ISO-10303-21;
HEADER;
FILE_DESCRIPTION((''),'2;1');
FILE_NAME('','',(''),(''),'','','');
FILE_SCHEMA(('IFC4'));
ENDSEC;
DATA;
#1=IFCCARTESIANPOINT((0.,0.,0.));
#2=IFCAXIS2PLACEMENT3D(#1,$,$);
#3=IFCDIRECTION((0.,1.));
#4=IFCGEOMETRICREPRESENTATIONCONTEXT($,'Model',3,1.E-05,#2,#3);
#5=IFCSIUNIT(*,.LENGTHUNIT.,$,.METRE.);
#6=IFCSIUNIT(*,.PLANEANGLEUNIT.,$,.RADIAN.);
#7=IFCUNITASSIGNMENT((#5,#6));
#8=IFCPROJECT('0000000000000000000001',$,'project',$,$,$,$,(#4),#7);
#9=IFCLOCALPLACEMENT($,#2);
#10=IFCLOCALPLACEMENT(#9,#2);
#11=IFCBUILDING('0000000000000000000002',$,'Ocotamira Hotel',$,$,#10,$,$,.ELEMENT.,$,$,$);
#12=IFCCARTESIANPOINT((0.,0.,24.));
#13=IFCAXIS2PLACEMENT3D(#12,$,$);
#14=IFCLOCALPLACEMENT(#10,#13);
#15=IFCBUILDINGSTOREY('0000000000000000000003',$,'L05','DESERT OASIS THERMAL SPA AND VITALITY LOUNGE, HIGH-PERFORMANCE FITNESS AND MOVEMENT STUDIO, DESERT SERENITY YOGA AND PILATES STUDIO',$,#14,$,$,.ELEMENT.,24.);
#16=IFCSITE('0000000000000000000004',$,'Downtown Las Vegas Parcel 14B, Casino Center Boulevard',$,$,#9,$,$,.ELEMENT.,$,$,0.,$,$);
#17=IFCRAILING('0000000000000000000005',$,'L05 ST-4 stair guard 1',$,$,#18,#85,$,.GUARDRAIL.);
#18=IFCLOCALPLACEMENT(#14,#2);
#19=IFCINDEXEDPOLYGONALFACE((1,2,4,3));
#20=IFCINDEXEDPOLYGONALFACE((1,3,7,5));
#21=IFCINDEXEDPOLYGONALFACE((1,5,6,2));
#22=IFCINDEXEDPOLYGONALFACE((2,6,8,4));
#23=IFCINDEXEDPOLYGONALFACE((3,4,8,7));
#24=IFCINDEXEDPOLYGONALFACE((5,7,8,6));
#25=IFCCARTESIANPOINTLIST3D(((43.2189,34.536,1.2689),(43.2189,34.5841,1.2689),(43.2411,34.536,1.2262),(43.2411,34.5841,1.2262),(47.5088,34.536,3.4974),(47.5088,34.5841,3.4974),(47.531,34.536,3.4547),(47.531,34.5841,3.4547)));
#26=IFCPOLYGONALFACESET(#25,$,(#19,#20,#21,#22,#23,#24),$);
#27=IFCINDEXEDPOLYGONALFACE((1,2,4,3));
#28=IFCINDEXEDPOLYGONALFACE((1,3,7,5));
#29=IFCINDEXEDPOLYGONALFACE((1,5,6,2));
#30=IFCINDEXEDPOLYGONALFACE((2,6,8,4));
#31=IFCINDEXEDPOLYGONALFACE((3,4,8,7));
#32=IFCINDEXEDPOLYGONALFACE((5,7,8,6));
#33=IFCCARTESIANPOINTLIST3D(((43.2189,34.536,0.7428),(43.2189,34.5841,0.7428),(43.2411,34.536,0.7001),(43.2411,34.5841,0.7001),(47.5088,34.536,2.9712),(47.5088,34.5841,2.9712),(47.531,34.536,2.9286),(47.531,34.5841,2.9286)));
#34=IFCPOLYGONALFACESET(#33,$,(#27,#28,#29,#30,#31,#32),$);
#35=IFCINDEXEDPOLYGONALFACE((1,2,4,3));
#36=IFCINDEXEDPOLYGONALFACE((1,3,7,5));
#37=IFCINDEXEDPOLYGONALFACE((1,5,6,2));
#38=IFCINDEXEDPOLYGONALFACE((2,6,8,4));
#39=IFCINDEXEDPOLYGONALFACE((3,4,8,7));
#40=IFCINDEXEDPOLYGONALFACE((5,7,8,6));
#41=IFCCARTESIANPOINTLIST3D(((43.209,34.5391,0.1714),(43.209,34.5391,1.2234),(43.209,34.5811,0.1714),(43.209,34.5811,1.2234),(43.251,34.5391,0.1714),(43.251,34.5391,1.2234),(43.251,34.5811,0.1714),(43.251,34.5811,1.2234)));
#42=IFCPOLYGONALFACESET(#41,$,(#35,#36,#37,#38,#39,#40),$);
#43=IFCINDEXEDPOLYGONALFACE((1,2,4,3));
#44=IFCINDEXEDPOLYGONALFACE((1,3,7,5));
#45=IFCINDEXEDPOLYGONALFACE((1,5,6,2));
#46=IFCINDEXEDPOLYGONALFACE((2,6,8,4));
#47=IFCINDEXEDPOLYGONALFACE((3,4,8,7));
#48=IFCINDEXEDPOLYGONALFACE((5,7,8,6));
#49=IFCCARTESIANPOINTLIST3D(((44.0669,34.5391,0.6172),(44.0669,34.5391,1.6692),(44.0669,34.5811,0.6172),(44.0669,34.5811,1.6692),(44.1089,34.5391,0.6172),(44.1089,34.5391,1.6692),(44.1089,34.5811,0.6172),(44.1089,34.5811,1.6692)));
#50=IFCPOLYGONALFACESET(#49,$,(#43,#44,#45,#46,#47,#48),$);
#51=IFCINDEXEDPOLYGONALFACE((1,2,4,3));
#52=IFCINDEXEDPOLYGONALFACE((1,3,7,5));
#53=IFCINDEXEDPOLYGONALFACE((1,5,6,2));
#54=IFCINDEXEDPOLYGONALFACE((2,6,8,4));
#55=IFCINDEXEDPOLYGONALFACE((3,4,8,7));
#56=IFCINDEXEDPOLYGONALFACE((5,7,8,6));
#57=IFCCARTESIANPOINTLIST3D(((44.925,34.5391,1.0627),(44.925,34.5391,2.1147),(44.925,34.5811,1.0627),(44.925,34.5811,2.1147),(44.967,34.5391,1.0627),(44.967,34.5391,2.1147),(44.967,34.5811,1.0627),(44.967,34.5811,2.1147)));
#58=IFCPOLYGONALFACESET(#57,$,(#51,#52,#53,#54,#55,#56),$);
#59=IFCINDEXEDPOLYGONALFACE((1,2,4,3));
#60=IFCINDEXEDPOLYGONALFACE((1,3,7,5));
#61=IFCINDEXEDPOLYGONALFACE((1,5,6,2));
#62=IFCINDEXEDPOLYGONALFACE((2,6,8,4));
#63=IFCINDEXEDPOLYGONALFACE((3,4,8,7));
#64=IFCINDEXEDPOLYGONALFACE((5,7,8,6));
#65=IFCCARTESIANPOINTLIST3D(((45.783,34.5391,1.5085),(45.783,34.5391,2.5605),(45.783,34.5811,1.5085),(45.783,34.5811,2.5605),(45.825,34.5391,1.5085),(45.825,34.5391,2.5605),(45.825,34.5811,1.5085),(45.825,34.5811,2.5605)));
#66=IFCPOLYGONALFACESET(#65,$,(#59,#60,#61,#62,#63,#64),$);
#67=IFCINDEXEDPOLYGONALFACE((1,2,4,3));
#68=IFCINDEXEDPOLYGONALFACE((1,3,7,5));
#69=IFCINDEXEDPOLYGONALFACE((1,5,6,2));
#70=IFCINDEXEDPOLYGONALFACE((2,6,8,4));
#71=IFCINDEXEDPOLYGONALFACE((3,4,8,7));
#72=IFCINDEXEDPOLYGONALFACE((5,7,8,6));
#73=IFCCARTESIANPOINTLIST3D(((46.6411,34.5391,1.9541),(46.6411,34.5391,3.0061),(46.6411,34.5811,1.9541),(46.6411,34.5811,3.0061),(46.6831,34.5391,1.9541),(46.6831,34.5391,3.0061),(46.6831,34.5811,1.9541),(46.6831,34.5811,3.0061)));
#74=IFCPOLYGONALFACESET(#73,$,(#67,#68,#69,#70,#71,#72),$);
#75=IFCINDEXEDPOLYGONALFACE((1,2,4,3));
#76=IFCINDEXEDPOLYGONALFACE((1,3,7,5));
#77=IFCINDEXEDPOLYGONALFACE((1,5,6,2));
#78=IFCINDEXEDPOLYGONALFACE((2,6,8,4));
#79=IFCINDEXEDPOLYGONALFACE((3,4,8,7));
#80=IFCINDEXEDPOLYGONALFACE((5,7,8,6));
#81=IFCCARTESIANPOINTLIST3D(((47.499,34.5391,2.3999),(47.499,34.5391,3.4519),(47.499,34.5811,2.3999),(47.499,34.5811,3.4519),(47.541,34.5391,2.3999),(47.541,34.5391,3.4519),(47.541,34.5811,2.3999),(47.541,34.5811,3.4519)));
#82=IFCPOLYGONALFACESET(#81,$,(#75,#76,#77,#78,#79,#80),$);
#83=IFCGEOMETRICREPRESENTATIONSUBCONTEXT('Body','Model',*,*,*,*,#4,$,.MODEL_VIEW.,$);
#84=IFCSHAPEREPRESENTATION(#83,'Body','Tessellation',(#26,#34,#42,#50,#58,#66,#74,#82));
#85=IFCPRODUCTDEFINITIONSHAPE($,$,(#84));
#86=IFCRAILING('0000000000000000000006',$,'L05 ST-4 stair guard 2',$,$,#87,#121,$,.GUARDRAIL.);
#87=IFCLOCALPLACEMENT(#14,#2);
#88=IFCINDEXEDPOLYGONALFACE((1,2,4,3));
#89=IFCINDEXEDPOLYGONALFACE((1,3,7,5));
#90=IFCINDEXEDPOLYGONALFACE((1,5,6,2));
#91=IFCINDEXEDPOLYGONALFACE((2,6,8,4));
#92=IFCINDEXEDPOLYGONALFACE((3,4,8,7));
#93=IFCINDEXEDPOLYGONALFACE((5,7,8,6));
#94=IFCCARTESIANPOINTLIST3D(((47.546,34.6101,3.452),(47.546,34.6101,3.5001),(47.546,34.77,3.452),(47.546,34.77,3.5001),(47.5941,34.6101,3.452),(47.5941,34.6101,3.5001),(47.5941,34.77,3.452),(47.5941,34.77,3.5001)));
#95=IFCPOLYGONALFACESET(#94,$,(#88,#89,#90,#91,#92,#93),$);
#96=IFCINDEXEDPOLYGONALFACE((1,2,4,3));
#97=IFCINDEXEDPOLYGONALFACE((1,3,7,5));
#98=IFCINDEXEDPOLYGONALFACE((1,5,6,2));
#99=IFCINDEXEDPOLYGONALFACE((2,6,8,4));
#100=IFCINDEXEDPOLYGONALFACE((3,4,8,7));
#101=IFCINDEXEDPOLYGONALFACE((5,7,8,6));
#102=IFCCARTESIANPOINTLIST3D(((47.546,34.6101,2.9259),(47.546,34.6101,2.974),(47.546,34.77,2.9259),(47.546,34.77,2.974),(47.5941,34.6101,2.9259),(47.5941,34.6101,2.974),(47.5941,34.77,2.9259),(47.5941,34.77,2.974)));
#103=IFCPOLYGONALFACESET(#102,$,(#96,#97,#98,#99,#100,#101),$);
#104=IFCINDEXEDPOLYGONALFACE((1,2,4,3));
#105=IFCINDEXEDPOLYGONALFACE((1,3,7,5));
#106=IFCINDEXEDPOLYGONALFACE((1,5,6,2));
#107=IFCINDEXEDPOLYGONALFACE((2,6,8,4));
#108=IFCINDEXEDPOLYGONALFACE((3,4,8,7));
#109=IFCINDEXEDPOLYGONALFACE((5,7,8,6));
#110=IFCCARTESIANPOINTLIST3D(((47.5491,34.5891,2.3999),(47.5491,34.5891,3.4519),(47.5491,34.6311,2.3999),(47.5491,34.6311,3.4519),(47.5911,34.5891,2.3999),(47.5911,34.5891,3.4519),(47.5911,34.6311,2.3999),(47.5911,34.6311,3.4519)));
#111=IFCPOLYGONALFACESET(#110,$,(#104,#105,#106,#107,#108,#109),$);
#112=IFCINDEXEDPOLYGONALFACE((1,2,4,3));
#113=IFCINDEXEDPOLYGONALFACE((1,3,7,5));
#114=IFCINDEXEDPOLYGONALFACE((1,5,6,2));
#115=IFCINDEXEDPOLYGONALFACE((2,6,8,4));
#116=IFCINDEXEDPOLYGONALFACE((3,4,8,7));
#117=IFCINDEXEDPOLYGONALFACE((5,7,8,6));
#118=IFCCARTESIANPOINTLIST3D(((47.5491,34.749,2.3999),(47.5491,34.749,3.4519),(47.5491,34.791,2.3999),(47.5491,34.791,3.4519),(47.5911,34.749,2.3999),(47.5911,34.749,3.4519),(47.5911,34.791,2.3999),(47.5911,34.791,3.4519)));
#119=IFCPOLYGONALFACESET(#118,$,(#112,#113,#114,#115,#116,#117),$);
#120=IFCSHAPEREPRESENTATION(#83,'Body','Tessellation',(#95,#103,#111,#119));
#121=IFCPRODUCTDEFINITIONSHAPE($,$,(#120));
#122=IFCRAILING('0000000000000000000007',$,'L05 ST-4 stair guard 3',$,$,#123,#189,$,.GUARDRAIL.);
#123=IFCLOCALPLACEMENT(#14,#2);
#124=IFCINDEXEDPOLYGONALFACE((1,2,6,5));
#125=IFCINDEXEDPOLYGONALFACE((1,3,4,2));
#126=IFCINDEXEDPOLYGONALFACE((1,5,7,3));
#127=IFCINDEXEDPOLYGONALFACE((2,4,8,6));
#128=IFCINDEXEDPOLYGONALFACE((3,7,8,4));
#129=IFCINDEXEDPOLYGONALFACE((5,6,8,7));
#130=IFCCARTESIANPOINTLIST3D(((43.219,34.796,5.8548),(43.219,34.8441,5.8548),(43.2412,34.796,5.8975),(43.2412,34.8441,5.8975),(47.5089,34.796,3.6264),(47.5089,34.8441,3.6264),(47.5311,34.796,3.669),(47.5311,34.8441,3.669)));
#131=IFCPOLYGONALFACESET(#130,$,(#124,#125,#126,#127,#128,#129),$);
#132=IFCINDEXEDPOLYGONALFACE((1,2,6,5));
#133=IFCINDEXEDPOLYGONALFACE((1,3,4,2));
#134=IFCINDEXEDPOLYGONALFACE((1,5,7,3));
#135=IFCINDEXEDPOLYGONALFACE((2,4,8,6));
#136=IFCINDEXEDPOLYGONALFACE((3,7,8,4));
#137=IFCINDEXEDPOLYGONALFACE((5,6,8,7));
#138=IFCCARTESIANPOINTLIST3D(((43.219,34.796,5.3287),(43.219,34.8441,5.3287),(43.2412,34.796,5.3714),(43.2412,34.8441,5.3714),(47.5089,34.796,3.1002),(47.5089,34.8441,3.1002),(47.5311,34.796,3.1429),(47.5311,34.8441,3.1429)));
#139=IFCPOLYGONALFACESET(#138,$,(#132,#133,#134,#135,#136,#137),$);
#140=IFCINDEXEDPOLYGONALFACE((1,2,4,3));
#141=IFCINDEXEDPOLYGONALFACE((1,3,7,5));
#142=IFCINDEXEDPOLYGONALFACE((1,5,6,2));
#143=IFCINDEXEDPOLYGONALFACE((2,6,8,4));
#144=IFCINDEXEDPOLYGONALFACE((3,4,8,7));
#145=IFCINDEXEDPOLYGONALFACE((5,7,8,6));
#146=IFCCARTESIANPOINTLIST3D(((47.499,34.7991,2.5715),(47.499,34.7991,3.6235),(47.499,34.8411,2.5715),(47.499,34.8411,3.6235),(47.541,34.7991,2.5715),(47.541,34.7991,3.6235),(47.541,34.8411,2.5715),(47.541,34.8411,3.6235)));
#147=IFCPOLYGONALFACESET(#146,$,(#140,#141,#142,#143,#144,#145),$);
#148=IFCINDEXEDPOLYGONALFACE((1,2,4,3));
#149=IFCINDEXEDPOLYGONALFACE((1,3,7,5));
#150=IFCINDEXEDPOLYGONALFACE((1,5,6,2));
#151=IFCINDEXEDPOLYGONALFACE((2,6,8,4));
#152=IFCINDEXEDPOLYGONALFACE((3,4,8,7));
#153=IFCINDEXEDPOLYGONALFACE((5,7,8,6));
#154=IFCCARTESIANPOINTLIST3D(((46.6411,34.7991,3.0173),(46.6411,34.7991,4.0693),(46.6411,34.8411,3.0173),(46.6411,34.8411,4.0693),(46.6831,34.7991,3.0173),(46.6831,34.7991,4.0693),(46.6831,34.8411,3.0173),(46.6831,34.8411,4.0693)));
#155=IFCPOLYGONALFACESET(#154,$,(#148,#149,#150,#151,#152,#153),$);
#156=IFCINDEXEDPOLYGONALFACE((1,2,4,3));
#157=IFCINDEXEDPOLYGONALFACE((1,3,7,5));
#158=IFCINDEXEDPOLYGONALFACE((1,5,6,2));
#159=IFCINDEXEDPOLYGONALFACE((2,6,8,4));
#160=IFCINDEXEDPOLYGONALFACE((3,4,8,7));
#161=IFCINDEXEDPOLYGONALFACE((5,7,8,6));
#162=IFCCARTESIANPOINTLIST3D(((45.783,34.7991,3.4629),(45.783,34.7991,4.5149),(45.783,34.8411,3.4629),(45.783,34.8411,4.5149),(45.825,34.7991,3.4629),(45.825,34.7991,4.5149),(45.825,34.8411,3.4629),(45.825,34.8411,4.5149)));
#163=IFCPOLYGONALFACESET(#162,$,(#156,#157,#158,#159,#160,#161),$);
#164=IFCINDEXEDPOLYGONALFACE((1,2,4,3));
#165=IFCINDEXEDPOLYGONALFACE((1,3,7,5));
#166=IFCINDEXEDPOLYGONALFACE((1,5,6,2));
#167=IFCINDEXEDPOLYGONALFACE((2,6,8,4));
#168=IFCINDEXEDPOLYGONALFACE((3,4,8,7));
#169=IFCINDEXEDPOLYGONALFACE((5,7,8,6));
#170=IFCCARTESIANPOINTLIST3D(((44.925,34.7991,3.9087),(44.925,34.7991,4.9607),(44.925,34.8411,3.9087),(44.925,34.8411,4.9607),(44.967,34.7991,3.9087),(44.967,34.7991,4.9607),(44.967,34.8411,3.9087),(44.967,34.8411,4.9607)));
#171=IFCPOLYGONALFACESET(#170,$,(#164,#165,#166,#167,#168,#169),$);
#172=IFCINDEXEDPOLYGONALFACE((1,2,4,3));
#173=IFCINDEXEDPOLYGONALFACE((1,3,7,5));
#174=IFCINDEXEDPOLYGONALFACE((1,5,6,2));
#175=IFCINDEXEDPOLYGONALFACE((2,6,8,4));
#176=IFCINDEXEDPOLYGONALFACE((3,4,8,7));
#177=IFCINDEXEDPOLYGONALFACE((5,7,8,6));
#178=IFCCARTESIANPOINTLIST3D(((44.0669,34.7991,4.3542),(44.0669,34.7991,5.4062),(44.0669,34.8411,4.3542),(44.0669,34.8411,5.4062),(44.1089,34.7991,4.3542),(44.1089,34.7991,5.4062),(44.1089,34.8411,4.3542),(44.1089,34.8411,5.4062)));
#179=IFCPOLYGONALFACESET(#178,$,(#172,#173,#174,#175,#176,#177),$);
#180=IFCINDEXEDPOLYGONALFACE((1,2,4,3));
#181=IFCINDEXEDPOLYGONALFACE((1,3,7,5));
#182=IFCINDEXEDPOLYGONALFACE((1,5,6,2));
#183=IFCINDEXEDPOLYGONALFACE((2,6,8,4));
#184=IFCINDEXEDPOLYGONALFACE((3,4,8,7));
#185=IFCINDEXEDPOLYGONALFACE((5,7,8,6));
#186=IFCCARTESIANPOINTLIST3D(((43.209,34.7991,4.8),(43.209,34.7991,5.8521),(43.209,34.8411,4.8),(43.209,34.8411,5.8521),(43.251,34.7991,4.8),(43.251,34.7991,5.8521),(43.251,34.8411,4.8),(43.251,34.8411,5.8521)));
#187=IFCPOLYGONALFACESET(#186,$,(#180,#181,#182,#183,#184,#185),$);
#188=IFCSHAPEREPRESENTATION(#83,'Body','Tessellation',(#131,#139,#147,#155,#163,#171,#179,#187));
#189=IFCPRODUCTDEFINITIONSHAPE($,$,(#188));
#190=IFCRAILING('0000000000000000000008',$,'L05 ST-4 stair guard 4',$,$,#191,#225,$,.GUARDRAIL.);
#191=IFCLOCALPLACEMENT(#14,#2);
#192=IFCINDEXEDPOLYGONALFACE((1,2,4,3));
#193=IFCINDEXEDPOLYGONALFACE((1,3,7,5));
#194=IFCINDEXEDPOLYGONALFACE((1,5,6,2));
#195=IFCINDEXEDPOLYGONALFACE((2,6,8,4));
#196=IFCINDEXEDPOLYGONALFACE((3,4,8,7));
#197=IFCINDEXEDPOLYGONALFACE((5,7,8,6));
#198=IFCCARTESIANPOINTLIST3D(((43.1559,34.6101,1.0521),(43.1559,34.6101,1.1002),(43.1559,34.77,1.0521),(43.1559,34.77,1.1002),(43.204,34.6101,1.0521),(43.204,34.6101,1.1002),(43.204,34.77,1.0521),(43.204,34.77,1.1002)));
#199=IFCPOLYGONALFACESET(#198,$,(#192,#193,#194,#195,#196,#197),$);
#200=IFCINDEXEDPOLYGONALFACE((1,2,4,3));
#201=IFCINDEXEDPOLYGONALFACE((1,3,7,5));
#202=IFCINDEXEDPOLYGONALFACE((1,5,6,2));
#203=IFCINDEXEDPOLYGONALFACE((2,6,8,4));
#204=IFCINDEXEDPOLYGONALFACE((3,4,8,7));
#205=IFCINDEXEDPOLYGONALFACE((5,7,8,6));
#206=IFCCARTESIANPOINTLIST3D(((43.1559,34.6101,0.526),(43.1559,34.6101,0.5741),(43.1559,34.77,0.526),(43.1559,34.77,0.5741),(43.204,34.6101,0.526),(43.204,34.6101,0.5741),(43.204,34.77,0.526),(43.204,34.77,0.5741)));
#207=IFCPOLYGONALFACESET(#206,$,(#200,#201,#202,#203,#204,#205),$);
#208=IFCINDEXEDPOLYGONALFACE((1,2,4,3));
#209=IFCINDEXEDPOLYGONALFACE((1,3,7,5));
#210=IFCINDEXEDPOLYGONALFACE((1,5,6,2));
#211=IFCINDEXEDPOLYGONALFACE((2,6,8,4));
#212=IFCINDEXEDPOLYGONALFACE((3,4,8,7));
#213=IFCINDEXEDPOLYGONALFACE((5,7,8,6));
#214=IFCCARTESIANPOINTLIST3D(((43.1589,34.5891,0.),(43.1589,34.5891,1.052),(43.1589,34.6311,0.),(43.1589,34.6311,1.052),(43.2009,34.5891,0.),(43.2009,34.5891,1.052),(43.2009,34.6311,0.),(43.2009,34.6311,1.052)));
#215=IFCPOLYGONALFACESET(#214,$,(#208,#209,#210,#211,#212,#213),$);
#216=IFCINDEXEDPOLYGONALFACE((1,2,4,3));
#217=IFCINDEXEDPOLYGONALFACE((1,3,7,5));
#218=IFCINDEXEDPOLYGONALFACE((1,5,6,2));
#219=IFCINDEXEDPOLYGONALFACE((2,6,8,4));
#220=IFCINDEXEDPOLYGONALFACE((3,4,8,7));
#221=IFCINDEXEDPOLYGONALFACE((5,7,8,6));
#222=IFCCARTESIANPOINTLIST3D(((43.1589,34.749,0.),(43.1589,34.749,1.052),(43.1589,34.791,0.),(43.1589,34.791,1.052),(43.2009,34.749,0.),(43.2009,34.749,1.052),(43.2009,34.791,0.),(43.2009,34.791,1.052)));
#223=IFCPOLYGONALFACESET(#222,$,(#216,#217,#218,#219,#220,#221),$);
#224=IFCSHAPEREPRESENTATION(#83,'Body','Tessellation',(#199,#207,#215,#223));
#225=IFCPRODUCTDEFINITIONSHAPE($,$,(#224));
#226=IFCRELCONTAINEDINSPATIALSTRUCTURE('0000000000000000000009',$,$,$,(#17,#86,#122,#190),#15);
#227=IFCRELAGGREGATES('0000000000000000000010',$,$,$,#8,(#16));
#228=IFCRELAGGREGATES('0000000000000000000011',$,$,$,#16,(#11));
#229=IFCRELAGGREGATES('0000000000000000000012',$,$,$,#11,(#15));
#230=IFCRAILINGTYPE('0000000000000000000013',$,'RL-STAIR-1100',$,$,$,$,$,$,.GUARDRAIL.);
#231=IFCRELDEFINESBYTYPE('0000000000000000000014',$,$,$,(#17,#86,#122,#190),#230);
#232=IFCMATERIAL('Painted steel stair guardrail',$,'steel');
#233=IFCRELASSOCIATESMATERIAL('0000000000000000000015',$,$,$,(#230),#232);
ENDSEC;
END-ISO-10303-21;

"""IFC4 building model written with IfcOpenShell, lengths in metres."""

from ifc_helpers import new_model, si_unit, direction, frame, origin, origin_2d, place, context, subcontext, project, spatial, rectangle, extrude, material, type_object, element, save


model = new_model("IFC4")

# Units and contexts
model_context = context("Model", 3, precision=1e-05, world=origin(), true_north=direction((0.0, 1.0)))
body_context = subcontext(model_context, "Body", "Model", "MODEL_VIEW")
ifc_project = project(units=[si_unit("LENGTHUNIT", "METRE"), si_unit("PLANEANGLEUNIT", "RADIAN")], contexts=[model_context])

# Site, building, storey
site_placement = place(None, origin())
site = spatial("IfcSite", under=ifc_project, at=site_placement, Name="Downtown Las Vegas Parcel 14B, Casino Center Boulevard", CompositionType="ELEMENT", RefElevation=0.0)
building_placement = place(site_placement, origin())
building = spatial("IfcBuilding", under=site, at=building_placement, Name="Ocotamira Hotel", CompositionType="ELEMENT")
storey_placement = place(building_placement, frame((0.0, 0.0, 24.0)))
storey = spatial("IfcBuildingStorey", under=building, at=storey_placement, Name="L05", Description="DESERT OASIS THERMAL SPA AND VITALITY LOUNGE, HIGH-PERFORMANCE FITNESS AND MOVEMENT STUDIO, DESERT SERENITY YOGA AND PILATES STUDIO", CompositionType="ELEMENT", Elevation=24.0)

# Railings
ifc_material_1 = material(Name="Painted steel stair guardrail", Category="steel")
railing_type_1 = type_object("IfcRailingType", Name="RL-STAIR-1100", PredefinedType="GUARDRAIL", material=ifc_material_1)
railing_1_placement = place(storey_placement, frame((43.23, 34.5601, 0.1714)))
element("IfcRailing", 1, at=railing_1_placement, inside=storey, type_object=railing_type_1, Name="L05 ST-4 stair guard 1", PredefinedType="GUARDRAIL", context=body_context, shape_type="SweptSolid", body=[
    extrude(rectangle(XDim=0.0481, YDim=0.0481, at=origin_2d()), frame((0.0, 0.0, 1.0762), z_axis=(0.887412, 0.0, 0.460977), x_axis=(0.0, 1.0, 0.0)), (0.0, 0.0, 1.0), 4.8342),
    extrude(rectangle(XDim=0.0481, YDim=0.0481, at=origin_2d()), frame((0.0, 0.0, 0.55), z_axis=(0.887412, 0.0, 0.460977), x_axis=(0.0, 1.0, 0.0)), (0.0, 0.0, 1.0), 4.8342),
    extrude(rectangle(XDim=0.042, YDim=0.042, at=origin_2d()), origin(), (0.0, 0.0, 1.0), 1.052),
    extrude(rectangle(XDim=0.042, YDim=0.042, at=origin_2d()), frame((0.8579, 0.0, 0.4458)), (0.0, 0.0, 1.0), 1.052),
    extrude(rectangle(XDim=0.042, YDim=0.042, at=origin_2d()), frame((1.7161, 0.0, 0.8914)), (0.0, 0.0, 1.0), 1.052),
    extrude(rectangle(XDim=0.042, YDim=0.042, at=origin_2d()), frame((2.574, 0.0, 1.3372)), (0.0, 0.0, 1.0), 1.052),
    extrude(rectangle(XDim=0.042, YDim=0.042, at=origin_2d()), frame((3.4321, 0.0, 1.7827)), (0.0, 0.0, 1.0), 1.052),
    extrude(rectangle(XDim=0.042, YDim=0.042, at=origin_2d()), frame((4.29, 0.0, 2.2285)), (0.0, 0.0, 1.0), 1.052),
])
railing_2_placement = place(storey_placement, frame((47.5701, 34.6101, 2.3999)))
element("IfcRailing", 2, at=railing_2_placement, inside=storey, type_object=railing_type_1, Name="L05 ST-4 stair guard 2", PredefinedType="GUARDRAIL", context=body_context, shape_type="SweptSolid", body=[
    extrude(rectangle(XDim=0.0481, YDim=0.0481, at=origin_2d()), frame((0.0, 0.0, 1.0762), z_axis=(0.0, 1.0, 0.0), x_axis=(-1.0, 0.0, 0.0)), (0.0, 0.0, 1.0), 0.1599),
    extrude(rectangle(XDim=0.0481, YDim=0.0481, at=origin_2d()), frame((0.0, 0.0, 0.55), z_axis=(0.0, 1.0, 0.0), x_axis=(-1.0, 0.0, 0.0)), (0.0, 0.0, 1.0), 0.1599),
    extrude(rectangle(XDim=0.042, YDim=0.042, at=origin_2d()), origin(), (0.0, 0.0, 1.0), 1.052),
    extrude(rectangle(XDim=0.042, YDim=0.042, at=origin_2d()), frame((0.0, 0.1599, 0.0)), (0.0, 0.0, 1.0), 1.052),
])
railing_3_placement = place(storey_placement, frame((47.52, 34.8201, 2.5715)))
element("IfcRailing", 3, at=railing_3_placement, inside=storey, type_object=railing_type_1, Name="L05 ST-4 stair guard 3", PredefinedType="GUARDRAIL", context=body_context, shape_type="SweptSolid", body=[
    extrude(rectangle(XDim=0.0481, YDim=0.0481, at=origin_2d()), frame((0.0, 0.0, 1.0762), z_axis=(-0.887412, 0.0, 0.460977), x_axis=(0.0, -1.0, 0.0)), (0.0, 0.0, 1.0), 4.8342),
    extrude(rectangle(XDim=0.0481, YDim=0.0481, at=origin_2d()), frame((0.0, 0.0, 0.55), z_axis=(-0.887412, 0.0, 0.460977), x_axis=(0.0, -1.0, 0.0)), (0.0, 0.0, 1.0), 4.8342),
    extrude(rectangle(XDim=0.042, YDim=0.042, at=origin_2d()), origin(), (0.0, 0.0, 1.0), 1.052),
    extrude(rectangle(XDim=0.042, YDim=0.042, at=origin_2d()), frame((-0.8579, 0.0, 0.4458)), (0.0, 0.0, 1.0), 1.052),
    extrude(rectangle(XDim=0.042, YDim=0.042, at=origin_2d()), frame((-1.7161, 0.0, 0.8914)), (0.0, 0.0, 1.0), 1.052),
    extrude(rectangle(XDim=0.042, YDim=0.042, at=origin_2d()), frame((-2.574, 0.0, 1.3372)), (0.0, 0.0, 1.0), 1.052),
    extrude(rectangle(XDim=0.042, YDim=0.042, at=origin_2d()), frame((-3.4321, 0.0, 1.7827)), (0.0, 0.0, 1.0), 1.052),
    extrude(rectangle(XDim=0.042, YDim=0.042, at=origin_2d()), frame((-4.29, 0.0, 2.2285)), (0.0, 0.0, 1.0), 1.052),
])
railing_4_placement = place(storey_placement, frame((43.1799, 34.6101, 0.0)))
element("IfcRailing", 4, at=railing_4_placement, inside=storey, type_object=railing_type_1, Name="L05 ST-4 stair guard 4", PredefinedType="GUARDRAIL", context=body_context, shape_type="SweptSolid", body=[
    extrude(rectangle(XDim=0.0481, YDim=0.0481, at=origin_2d()), frame((0.0, 0.0, 1.0762), z_axis=(0.0, 1.0, 0.0), x_axis=(-1.0, 0.0, 0.0)), (0.0, 0.0, 1.0), 0.1599),
    extrude(rectangle(XDim=0.0481, YDim=0.0481, at=origin_2d()), frame((0.0, 0.0, 0.55), z_axis=(0.0, 1.0, 0.0), x_axis=(-1.0, 0.0, 0.0)), (0.0, 0.0, 1.0), 0.1599),
    extrude(rectangle(XDim=0.042, YDim=0.042, at=origin_2d()), origin(), (0.0, 0.0, 1.0), 1.052),
    extrude(rectangle(XDim=0.042, YDim=0.042, at=origin_2d()), frame((0.0, 0.1599, 0.0)), (0.0, 0.0, 1.0), 1.052),
])

save(model, "model.ifc")
